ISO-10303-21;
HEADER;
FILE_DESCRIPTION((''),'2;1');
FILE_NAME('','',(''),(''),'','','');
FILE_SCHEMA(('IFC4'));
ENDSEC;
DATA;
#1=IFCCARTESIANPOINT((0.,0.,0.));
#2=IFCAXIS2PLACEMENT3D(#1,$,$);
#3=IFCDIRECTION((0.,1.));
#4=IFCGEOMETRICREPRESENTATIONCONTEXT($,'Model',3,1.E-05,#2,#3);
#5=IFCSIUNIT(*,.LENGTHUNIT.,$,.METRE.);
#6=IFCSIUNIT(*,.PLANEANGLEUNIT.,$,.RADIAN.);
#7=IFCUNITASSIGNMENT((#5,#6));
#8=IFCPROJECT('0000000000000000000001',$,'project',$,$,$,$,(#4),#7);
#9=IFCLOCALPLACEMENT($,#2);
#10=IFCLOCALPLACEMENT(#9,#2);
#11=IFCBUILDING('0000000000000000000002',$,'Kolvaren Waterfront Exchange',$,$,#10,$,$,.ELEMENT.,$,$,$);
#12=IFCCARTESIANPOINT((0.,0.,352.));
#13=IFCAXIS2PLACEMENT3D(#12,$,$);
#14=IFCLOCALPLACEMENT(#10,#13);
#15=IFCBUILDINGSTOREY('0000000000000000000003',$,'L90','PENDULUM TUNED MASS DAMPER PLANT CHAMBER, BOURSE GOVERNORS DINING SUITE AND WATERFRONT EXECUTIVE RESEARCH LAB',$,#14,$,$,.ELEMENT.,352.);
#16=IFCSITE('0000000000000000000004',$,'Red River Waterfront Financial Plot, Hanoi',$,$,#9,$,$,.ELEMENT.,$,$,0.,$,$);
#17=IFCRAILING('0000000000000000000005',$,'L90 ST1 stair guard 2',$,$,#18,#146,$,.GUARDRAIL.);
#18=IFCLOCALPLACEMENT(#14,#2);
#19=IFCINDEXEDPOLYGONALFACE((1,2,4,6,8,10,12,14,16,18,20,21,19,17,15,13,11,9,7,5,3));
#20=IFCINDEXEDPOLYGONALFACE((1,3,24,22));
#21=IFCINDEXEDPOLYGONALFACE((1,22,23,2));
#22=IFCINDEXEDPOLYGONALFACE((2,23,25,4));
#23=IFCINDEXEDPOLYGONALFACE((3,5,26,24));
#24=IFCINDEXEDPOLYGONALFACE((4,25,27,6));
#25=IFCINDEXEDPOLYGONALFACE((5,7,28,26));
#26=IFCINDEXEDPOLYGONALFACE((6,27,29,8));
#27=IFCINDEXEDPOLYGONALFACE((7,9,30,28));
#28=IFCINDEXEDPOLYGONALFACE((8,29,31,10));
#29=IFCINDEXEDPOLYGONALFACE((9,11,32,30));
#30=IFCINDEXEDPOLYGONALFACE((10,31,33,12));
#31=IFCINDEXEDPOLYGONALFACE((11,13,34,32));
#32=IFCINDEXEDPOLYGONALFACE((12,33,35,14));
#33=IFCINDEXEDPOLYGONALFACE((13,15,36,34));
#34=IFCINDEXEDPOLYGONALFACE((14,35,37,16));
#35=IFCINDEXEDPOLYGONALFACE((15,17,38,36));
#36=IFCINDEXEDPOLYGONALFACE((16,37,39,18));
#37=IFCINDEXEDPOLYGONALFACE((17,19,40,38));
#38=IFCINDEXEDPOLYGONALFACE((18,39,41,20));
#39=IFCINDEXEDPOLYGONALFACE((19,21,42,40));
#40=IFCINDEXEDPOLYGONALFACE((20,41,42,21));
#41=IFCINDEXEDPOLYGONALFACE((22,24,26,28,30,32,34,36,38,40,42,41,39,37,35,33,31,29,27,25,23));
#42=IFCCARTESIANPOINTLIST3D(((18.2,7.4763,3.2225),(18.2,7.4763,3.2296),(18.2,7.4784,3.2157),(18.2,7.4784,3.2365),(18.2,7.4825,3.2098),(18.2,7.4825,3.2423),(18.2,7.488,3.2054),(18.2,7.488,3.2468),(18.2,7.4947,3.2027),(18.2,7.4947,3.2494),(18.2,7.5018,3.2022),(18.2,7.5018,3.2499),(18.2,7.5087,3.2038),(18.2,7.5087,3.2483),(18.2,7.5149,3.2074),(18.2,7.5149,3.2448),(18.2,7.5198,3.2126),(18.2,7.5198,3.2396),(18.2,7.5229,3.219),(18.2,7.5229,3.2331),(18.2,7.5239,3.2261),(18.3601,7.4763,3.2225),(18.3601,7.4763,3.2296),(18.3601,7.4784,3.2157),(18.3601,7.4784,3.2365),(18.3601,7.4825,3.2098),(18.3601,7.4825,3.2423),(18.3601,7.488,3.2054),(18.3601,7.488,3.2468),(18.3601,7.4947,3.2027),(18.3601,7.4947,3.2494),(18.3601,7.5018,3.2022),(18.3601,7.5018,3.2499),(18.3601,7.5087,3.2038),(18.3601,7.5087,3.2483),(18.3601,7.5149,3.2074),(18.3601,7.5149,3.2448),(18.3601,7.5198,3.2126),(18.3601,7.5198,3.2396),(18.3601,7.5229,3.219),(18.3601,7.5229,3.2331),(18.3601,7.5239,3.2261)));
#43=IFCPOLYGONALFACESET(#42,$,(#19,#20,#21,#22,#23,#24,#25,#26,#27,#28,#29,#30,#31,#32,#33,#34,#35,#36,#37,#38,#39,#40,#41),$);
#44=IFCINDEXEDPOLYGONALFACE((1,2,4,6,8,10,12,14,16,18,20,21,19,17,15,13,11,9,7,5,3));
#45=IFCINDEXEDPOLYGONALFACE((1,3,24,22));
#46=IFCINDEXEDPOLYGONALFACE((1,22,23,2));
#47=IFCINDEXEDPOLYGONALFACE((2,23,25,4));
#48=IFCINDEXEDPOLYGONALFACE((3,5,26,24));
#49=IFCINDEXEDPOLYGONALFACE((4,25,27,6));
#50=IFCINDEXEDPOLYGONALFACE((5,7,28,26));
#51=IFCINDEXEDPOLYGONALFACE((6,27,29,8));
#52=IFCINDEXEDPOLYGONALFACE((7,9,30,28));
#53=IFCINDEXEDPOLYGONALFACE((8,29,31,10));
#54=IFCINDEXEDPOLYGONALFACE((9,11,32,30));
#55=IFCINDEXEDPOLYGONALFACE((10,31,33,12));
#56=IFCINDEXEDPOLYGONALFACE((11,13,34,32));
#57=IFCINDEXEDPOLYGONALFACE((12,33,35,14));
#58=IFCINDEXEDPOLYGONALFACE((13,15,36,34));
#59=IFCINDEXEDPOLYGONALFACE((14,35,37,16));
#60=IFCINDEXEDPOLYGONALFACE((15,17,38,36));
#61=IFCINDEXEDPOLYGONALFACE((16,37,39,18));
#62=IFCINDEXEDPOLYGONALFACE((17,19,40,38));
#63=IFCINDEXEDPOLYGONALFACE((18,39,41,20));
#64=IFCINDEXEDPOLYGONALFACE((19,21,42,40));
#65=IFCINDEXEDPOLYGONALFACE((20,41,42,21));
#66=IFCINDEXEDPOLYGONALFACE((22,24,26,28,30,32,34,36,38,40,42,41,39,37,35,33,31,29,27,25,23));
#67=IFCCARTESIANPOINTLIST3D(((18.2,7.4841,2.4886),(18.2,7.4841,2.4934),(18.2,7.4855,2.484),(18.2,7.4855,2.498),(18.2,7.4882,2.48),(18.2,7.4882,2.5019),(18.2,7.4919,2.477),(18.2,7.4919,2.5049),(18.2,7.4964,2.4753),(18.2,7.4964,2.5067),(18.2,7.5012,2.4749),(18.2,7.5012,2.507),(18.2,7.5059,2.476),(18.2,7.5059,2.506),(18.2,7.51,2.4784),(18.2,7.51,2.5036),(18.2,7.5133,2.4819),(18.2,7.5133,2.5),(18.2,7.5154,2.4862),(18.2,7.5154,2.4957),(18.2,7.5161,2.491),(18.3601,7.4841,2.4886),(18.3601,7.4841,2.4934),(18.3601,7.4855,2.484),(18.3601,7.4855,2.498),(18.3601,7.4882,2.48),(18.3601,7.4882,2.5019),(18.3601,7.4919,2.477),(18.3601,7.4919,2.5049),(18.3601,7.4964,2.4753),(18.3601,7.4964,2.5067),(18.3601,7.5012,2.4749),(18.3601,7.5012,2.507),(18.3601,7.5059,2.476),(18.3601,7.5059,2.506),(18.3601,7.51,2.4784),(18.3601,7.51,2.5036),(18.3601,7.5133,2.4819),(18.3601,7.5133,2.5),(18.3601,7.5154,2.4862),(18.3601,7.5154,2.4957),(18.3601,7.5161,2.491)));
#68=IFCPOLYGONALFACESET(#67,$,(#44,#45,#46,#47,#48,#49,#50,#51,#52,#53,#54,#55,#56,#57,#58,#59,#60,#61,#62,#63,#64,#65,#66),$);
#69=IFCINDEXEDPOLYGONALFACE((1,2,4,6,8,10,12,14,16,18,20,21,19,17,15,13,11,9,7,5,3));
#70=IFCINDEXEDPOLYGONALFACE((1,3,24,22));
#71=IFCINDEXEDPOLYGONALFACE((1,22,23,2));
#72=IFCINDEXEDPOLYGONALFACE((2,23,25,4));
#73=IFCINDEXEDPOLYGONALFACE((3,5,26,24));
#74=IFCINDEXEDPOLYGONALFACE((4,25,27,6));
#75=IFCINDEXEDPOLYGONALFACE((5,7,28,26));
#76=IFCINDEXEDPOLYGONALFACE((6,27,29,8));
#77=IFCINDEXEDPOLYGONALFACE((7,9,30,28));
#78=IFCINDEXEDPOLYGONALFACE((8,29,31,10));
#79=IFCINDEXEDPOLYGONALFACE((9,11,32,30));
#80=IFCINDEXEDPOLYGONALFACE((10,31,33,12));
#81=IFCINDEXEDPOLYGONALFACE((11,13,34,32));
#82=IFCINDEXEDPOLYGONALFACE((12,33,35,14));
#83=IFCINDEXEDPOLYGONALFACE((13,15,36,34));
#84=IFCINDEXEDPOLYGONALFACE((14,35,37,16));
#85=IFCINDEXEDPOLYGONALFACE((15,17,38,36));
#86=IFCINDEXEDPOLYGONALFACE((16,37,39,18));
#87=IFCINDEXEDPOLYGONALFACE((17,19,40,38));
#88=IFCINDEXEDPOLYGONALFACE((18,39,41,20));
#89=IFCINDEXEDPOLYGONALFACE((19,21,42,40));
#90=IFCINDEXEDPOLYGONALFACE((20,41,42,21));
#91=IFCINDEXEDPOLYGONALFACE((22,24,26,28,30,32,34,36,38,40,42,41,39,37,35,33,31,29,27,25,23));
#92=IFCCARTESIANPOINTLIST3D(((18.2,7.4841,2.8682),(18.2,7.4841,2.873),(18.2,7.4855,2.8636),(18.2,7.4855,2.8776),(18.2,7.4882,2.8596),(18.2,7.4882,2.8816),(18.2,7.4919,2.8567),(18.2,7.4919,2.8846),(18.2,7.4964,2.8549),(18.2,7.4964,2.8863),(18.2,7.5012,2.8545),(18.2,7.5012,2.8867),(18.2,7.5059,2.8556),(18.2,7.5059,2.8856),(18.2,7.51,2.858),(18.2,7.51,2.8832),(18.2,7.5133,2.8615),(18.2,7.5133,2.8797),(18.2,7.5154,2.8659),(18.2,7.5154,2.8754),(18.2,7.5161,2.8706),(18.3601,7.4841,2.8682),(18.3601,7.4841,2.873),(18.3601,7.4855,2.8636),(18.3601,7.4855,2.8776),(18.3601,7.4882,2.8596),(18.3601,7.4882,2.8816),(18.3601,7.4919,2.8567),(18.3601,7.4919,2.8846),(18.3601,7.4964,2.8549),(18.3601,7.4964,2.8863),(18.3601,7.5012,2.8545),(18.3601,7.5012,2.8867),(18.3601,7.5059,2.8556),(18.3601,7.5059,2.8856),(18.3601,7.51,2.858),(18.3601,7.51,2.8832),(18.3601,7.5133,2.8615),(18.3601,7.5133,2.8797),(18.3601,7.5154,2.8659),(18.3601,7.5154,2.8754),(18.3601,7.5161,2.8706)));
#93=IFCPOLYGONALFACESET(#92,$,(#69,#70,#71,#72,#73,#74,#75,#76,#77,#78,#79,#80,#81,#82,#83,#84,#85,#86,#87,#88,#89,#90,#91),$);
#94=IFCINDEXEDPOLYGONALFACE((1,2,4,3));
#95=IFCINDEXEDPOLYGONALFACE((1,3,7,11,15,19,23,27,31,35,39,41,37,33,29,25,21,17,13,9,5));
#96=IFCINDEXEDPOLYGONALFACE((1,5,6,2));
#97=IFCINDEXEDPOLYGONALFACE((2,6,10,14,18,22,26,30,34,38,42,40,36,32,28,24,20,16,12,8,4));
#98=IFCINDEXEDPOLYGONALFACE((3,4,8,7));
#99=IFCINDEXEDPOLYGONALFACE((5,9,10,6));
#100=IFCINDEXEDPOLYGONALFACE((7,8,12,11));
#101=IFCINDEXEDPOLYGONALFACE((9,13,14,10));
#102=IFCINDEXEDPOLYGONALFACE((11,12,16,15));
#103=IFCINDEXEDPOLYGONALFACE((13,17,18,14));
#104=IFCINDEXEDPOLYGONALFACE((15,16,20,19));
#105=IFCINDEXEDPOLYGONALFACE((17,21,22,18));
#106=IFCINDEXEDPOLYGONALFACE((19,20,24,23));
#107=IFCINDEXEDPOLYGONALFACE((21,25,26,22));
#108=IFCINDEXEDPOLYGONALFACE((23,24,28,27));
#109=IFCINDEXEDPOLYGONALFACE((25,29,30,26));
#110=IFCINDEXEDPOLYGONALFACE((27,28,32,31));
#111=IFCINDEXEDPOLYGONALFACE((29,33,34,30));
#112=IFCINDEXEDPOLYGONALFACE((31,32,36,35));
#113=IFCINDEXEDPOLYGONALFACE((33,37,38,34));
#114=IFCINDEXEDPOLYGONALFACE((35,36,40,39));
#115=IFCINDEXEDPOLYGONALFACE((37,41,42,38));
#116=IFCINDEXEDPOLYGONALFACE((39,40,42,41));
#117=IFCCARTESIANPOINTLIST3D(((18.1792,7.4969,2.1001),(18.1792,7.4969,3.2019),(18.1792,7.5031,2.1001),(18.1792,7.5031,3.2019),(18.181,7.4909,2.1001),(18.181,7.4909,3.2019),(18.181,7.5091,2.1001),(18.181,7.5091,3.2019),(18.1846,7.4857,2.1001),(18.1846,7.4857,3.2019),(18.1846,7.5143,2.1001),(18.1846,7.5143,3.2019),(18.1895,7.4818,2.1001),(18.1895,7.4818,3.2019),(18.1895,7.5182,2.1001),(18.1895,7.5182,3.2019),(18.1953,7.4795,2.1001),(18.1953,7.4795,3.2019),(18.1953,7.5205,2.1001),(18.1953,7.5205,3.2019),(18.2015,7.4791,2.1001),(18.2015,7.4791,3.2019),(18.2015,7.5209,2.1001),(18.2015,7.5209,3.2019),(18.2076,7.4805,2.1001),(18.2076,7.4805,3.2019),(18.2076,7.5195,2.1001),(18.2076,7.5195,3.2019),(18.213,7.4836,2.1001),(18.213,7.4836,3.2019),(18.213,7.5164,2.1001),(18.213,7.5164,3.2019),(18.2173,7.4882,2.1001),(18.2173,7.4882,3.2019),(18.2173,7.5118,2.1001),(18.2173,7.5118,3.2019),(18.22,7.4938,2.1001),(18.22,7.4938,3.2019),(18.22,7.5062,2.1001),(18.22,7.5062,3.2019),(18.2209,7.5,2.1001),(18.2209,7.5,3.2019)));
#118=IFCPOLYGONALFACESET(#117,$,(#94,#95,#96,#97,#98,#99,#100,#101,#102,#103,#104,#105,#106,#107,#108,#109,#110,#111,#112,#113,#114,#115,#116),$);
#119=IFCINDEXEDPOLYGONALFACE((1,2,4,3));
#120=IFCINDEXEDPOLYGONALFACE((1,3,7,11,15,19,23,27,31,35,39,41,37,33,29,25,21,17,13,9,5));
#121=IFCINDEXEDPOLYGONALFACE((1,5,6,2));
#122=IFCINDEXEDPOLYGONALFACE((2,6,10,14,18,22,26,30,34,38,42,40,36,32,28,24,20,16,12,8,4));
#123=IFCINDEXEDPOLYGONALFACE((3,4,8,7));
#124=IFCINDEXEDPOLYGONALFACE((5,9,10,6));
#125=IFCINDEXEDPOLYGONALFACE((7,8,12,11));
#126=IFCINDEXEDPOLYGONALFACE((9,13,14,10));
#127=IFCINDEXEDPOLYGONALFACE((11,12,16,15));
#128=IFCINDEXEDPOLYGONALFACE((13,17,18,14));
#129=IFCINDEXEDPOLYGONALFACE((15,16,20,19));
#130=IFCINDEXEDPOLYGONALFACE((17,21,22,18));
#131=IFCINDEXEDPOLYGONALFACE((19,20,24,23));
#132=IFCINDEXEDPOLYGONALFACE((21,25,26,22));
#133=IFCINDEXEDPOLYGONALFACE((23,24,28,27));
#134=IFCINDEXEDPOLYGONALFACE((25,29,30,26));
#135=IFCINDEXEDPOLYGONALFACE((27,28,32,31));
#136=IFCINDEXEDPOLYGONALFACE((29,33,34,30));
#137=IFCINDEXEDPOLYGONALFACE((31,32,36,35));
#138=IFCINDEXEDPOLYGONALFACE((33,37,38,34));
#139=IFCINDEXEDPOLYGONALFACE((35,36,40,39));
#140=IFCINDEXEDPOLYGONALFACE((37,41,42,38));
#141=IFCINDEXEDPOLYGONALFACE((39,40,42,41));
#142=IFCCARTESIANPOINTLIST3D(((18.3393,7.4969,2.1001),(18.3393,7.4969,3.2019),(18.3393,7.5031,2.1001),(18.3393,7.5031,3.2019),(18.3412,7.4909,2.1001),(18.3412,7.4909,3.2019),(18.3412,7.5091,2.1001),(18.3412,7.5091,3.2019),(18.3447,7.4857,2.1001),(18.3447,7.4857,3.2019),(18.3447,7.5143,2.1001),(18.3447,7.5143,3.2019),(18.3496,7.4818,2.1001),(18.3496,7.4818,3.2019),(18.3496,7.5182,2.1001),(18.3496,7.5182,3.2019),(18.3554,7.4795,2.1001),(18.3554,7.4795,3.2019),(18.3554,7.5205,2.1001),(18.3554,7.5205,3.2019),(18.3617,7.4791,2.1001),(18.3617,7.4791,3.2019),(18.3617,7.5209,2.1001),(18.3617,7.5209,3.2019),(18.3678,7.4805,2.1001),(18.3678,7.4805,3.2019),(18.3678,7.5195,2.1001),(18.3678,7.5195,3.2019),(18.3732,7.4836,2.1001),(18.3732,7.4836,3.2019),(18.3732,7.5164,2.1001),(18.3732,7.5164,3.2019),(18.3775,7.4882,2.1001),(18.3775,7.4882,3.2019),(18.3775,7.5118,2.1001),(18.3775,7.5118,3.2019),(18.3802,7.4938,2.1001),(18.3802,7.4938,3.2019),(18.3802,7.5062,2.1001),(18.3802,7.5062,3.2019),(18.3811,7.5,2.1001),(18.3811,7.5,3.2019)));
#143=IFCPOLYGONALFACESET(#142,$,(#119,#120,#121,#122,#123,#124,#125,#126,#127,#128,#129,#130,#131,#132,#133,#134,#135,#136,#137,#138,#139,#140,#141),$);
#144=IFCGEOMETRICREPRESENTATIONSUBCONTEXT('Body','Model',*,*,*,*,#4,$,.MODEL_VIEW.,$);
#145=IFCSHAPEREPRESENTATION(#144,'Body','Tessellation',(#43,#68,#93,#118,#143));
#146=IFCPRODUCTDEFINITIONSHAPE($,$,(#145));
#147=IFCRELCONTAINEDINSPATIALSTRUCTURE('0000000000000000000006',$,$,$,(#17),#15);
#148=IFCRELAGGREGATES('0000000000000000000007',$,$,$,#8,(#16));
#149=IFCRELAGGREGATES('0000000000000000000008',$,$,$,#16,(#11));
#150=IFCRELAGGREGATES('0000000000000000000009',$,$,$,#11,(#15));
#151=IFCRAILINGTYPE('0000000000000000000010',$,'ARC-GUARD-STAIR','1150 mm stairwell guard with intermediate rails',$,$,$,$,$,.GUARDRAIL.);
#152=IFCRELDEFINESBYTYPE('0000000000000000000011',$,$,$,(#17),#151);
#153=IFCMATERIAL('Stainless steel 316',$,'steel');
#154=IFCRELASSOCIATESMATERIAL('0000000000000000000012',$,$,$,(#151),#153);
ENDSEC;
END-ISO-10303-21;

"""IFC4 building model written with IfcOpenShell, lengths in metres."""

from ifc_helpers import new_model, si_unit, direction, frame, origin, origin_2d, place, context, subcontext, project, spatial, circle, extrude, material, type_object, element, save


model = new_model("IFC4")

# Units and contexts
model_context = context("Model", 3, precision=1e-05, world=origin(), true_north=direction((0.0, 1.0)))
body_context = subcontext(model_context, "Body", "Model", "MODEL_VIEW")
ifc_project = project(units=[si_unit("LENGTHUNIT", "METRE"), si_unit("PLANEANGLEUNIT", "RADIAN")], contexts=[model_context])

# Site, building, storey
site_placement = place(None, origin())
site = spatial("IfcSite", under=ifc_project, at=site_placement, Name="Red River Waterfront Financial Plot, Hanoi", CompositionType="ELEMENT", RefElevation=0.0)
building_placement = place(site_placement, origin())
building = spatial("IfcBuilding", under=site, at=building_placement, Name="Kolvaren Waterfront Exchange", CompositionType="ELEMENT")
storey_placement = place(building_placement, frame((0.0, 0.0, 352.0)))
storey = spatial("IfcBuildingStorey", under=building, at=storey_placement, Name="L90", Description="PENDULUM TUNED MASS DAMPER PLANT CHAMBER, BOURSE GOVERNORS DINING SUITE AND WATERFRONT EXECUTIVE RESEARCH LAB", CompositionType="ELEMENT", Elevation=352.0)

# Railing
ifc_material_1 = material(Name="Stainless steel 316", Category="steel")
railing_type_1 = type_object("IfcRailingType", Name="ARC-GUARD-STAIR", Description="1150 mm stairwell guard with intermediate rails", PredefinedType="GUARDRAIL", material=ifc_material_1)
railing_1_placement = place(storey_placement, frame((18.2, 7.5, 2.1001)))
element("IfcRailing", 1, at=railing_1_placement, inside=storey, type_object=railing_type_1, Name="L90 ST1 stair guard 2", PredefinedType="GUARDRAIL", context=body_context, shape_type="SweptSolid", body=[
    extrude(circle(Radius=0.0239, at=origin_2d()), frame((0.0, 0.0, 1.126), z_axis=(1.0, 0.0, 0.0), x_axis=(0.0, 1.0, 0.0)), (0.0, 0.0, 1.0), 0.1602),
    extrude(circle(Radius=0.0161, at=origin_2d()), frame((0.0, 0.0, 0.3909), z_axis=(1.0, 0.0, 0.0), x_axis=(0.0, 1.0, 0.0)), (0.0, 0.0, 1.0), 0.1602),
    extrude(circle(Radius=0.0161, at=origin_2d()), frame((0.0, 0.0, 0.7705), z_axis=(1.0, 0.0, 0.0), x_axis=(0.0, 1.0, 0.0)), (0.0, 0.0, 1.0), 0.1602),
    extrude(circle(Radius=0.021, at=origin_2d()), origin(), (0.0, 0.0, 1.0), 1.1018),
    extrude(circle(Radius=0.021, at=origin_2d()), frame((0.1602, 0.0, 0.0)), (0.0, 0.0, 1.0), 1.1018),
])

save(model, "model.ifc")
